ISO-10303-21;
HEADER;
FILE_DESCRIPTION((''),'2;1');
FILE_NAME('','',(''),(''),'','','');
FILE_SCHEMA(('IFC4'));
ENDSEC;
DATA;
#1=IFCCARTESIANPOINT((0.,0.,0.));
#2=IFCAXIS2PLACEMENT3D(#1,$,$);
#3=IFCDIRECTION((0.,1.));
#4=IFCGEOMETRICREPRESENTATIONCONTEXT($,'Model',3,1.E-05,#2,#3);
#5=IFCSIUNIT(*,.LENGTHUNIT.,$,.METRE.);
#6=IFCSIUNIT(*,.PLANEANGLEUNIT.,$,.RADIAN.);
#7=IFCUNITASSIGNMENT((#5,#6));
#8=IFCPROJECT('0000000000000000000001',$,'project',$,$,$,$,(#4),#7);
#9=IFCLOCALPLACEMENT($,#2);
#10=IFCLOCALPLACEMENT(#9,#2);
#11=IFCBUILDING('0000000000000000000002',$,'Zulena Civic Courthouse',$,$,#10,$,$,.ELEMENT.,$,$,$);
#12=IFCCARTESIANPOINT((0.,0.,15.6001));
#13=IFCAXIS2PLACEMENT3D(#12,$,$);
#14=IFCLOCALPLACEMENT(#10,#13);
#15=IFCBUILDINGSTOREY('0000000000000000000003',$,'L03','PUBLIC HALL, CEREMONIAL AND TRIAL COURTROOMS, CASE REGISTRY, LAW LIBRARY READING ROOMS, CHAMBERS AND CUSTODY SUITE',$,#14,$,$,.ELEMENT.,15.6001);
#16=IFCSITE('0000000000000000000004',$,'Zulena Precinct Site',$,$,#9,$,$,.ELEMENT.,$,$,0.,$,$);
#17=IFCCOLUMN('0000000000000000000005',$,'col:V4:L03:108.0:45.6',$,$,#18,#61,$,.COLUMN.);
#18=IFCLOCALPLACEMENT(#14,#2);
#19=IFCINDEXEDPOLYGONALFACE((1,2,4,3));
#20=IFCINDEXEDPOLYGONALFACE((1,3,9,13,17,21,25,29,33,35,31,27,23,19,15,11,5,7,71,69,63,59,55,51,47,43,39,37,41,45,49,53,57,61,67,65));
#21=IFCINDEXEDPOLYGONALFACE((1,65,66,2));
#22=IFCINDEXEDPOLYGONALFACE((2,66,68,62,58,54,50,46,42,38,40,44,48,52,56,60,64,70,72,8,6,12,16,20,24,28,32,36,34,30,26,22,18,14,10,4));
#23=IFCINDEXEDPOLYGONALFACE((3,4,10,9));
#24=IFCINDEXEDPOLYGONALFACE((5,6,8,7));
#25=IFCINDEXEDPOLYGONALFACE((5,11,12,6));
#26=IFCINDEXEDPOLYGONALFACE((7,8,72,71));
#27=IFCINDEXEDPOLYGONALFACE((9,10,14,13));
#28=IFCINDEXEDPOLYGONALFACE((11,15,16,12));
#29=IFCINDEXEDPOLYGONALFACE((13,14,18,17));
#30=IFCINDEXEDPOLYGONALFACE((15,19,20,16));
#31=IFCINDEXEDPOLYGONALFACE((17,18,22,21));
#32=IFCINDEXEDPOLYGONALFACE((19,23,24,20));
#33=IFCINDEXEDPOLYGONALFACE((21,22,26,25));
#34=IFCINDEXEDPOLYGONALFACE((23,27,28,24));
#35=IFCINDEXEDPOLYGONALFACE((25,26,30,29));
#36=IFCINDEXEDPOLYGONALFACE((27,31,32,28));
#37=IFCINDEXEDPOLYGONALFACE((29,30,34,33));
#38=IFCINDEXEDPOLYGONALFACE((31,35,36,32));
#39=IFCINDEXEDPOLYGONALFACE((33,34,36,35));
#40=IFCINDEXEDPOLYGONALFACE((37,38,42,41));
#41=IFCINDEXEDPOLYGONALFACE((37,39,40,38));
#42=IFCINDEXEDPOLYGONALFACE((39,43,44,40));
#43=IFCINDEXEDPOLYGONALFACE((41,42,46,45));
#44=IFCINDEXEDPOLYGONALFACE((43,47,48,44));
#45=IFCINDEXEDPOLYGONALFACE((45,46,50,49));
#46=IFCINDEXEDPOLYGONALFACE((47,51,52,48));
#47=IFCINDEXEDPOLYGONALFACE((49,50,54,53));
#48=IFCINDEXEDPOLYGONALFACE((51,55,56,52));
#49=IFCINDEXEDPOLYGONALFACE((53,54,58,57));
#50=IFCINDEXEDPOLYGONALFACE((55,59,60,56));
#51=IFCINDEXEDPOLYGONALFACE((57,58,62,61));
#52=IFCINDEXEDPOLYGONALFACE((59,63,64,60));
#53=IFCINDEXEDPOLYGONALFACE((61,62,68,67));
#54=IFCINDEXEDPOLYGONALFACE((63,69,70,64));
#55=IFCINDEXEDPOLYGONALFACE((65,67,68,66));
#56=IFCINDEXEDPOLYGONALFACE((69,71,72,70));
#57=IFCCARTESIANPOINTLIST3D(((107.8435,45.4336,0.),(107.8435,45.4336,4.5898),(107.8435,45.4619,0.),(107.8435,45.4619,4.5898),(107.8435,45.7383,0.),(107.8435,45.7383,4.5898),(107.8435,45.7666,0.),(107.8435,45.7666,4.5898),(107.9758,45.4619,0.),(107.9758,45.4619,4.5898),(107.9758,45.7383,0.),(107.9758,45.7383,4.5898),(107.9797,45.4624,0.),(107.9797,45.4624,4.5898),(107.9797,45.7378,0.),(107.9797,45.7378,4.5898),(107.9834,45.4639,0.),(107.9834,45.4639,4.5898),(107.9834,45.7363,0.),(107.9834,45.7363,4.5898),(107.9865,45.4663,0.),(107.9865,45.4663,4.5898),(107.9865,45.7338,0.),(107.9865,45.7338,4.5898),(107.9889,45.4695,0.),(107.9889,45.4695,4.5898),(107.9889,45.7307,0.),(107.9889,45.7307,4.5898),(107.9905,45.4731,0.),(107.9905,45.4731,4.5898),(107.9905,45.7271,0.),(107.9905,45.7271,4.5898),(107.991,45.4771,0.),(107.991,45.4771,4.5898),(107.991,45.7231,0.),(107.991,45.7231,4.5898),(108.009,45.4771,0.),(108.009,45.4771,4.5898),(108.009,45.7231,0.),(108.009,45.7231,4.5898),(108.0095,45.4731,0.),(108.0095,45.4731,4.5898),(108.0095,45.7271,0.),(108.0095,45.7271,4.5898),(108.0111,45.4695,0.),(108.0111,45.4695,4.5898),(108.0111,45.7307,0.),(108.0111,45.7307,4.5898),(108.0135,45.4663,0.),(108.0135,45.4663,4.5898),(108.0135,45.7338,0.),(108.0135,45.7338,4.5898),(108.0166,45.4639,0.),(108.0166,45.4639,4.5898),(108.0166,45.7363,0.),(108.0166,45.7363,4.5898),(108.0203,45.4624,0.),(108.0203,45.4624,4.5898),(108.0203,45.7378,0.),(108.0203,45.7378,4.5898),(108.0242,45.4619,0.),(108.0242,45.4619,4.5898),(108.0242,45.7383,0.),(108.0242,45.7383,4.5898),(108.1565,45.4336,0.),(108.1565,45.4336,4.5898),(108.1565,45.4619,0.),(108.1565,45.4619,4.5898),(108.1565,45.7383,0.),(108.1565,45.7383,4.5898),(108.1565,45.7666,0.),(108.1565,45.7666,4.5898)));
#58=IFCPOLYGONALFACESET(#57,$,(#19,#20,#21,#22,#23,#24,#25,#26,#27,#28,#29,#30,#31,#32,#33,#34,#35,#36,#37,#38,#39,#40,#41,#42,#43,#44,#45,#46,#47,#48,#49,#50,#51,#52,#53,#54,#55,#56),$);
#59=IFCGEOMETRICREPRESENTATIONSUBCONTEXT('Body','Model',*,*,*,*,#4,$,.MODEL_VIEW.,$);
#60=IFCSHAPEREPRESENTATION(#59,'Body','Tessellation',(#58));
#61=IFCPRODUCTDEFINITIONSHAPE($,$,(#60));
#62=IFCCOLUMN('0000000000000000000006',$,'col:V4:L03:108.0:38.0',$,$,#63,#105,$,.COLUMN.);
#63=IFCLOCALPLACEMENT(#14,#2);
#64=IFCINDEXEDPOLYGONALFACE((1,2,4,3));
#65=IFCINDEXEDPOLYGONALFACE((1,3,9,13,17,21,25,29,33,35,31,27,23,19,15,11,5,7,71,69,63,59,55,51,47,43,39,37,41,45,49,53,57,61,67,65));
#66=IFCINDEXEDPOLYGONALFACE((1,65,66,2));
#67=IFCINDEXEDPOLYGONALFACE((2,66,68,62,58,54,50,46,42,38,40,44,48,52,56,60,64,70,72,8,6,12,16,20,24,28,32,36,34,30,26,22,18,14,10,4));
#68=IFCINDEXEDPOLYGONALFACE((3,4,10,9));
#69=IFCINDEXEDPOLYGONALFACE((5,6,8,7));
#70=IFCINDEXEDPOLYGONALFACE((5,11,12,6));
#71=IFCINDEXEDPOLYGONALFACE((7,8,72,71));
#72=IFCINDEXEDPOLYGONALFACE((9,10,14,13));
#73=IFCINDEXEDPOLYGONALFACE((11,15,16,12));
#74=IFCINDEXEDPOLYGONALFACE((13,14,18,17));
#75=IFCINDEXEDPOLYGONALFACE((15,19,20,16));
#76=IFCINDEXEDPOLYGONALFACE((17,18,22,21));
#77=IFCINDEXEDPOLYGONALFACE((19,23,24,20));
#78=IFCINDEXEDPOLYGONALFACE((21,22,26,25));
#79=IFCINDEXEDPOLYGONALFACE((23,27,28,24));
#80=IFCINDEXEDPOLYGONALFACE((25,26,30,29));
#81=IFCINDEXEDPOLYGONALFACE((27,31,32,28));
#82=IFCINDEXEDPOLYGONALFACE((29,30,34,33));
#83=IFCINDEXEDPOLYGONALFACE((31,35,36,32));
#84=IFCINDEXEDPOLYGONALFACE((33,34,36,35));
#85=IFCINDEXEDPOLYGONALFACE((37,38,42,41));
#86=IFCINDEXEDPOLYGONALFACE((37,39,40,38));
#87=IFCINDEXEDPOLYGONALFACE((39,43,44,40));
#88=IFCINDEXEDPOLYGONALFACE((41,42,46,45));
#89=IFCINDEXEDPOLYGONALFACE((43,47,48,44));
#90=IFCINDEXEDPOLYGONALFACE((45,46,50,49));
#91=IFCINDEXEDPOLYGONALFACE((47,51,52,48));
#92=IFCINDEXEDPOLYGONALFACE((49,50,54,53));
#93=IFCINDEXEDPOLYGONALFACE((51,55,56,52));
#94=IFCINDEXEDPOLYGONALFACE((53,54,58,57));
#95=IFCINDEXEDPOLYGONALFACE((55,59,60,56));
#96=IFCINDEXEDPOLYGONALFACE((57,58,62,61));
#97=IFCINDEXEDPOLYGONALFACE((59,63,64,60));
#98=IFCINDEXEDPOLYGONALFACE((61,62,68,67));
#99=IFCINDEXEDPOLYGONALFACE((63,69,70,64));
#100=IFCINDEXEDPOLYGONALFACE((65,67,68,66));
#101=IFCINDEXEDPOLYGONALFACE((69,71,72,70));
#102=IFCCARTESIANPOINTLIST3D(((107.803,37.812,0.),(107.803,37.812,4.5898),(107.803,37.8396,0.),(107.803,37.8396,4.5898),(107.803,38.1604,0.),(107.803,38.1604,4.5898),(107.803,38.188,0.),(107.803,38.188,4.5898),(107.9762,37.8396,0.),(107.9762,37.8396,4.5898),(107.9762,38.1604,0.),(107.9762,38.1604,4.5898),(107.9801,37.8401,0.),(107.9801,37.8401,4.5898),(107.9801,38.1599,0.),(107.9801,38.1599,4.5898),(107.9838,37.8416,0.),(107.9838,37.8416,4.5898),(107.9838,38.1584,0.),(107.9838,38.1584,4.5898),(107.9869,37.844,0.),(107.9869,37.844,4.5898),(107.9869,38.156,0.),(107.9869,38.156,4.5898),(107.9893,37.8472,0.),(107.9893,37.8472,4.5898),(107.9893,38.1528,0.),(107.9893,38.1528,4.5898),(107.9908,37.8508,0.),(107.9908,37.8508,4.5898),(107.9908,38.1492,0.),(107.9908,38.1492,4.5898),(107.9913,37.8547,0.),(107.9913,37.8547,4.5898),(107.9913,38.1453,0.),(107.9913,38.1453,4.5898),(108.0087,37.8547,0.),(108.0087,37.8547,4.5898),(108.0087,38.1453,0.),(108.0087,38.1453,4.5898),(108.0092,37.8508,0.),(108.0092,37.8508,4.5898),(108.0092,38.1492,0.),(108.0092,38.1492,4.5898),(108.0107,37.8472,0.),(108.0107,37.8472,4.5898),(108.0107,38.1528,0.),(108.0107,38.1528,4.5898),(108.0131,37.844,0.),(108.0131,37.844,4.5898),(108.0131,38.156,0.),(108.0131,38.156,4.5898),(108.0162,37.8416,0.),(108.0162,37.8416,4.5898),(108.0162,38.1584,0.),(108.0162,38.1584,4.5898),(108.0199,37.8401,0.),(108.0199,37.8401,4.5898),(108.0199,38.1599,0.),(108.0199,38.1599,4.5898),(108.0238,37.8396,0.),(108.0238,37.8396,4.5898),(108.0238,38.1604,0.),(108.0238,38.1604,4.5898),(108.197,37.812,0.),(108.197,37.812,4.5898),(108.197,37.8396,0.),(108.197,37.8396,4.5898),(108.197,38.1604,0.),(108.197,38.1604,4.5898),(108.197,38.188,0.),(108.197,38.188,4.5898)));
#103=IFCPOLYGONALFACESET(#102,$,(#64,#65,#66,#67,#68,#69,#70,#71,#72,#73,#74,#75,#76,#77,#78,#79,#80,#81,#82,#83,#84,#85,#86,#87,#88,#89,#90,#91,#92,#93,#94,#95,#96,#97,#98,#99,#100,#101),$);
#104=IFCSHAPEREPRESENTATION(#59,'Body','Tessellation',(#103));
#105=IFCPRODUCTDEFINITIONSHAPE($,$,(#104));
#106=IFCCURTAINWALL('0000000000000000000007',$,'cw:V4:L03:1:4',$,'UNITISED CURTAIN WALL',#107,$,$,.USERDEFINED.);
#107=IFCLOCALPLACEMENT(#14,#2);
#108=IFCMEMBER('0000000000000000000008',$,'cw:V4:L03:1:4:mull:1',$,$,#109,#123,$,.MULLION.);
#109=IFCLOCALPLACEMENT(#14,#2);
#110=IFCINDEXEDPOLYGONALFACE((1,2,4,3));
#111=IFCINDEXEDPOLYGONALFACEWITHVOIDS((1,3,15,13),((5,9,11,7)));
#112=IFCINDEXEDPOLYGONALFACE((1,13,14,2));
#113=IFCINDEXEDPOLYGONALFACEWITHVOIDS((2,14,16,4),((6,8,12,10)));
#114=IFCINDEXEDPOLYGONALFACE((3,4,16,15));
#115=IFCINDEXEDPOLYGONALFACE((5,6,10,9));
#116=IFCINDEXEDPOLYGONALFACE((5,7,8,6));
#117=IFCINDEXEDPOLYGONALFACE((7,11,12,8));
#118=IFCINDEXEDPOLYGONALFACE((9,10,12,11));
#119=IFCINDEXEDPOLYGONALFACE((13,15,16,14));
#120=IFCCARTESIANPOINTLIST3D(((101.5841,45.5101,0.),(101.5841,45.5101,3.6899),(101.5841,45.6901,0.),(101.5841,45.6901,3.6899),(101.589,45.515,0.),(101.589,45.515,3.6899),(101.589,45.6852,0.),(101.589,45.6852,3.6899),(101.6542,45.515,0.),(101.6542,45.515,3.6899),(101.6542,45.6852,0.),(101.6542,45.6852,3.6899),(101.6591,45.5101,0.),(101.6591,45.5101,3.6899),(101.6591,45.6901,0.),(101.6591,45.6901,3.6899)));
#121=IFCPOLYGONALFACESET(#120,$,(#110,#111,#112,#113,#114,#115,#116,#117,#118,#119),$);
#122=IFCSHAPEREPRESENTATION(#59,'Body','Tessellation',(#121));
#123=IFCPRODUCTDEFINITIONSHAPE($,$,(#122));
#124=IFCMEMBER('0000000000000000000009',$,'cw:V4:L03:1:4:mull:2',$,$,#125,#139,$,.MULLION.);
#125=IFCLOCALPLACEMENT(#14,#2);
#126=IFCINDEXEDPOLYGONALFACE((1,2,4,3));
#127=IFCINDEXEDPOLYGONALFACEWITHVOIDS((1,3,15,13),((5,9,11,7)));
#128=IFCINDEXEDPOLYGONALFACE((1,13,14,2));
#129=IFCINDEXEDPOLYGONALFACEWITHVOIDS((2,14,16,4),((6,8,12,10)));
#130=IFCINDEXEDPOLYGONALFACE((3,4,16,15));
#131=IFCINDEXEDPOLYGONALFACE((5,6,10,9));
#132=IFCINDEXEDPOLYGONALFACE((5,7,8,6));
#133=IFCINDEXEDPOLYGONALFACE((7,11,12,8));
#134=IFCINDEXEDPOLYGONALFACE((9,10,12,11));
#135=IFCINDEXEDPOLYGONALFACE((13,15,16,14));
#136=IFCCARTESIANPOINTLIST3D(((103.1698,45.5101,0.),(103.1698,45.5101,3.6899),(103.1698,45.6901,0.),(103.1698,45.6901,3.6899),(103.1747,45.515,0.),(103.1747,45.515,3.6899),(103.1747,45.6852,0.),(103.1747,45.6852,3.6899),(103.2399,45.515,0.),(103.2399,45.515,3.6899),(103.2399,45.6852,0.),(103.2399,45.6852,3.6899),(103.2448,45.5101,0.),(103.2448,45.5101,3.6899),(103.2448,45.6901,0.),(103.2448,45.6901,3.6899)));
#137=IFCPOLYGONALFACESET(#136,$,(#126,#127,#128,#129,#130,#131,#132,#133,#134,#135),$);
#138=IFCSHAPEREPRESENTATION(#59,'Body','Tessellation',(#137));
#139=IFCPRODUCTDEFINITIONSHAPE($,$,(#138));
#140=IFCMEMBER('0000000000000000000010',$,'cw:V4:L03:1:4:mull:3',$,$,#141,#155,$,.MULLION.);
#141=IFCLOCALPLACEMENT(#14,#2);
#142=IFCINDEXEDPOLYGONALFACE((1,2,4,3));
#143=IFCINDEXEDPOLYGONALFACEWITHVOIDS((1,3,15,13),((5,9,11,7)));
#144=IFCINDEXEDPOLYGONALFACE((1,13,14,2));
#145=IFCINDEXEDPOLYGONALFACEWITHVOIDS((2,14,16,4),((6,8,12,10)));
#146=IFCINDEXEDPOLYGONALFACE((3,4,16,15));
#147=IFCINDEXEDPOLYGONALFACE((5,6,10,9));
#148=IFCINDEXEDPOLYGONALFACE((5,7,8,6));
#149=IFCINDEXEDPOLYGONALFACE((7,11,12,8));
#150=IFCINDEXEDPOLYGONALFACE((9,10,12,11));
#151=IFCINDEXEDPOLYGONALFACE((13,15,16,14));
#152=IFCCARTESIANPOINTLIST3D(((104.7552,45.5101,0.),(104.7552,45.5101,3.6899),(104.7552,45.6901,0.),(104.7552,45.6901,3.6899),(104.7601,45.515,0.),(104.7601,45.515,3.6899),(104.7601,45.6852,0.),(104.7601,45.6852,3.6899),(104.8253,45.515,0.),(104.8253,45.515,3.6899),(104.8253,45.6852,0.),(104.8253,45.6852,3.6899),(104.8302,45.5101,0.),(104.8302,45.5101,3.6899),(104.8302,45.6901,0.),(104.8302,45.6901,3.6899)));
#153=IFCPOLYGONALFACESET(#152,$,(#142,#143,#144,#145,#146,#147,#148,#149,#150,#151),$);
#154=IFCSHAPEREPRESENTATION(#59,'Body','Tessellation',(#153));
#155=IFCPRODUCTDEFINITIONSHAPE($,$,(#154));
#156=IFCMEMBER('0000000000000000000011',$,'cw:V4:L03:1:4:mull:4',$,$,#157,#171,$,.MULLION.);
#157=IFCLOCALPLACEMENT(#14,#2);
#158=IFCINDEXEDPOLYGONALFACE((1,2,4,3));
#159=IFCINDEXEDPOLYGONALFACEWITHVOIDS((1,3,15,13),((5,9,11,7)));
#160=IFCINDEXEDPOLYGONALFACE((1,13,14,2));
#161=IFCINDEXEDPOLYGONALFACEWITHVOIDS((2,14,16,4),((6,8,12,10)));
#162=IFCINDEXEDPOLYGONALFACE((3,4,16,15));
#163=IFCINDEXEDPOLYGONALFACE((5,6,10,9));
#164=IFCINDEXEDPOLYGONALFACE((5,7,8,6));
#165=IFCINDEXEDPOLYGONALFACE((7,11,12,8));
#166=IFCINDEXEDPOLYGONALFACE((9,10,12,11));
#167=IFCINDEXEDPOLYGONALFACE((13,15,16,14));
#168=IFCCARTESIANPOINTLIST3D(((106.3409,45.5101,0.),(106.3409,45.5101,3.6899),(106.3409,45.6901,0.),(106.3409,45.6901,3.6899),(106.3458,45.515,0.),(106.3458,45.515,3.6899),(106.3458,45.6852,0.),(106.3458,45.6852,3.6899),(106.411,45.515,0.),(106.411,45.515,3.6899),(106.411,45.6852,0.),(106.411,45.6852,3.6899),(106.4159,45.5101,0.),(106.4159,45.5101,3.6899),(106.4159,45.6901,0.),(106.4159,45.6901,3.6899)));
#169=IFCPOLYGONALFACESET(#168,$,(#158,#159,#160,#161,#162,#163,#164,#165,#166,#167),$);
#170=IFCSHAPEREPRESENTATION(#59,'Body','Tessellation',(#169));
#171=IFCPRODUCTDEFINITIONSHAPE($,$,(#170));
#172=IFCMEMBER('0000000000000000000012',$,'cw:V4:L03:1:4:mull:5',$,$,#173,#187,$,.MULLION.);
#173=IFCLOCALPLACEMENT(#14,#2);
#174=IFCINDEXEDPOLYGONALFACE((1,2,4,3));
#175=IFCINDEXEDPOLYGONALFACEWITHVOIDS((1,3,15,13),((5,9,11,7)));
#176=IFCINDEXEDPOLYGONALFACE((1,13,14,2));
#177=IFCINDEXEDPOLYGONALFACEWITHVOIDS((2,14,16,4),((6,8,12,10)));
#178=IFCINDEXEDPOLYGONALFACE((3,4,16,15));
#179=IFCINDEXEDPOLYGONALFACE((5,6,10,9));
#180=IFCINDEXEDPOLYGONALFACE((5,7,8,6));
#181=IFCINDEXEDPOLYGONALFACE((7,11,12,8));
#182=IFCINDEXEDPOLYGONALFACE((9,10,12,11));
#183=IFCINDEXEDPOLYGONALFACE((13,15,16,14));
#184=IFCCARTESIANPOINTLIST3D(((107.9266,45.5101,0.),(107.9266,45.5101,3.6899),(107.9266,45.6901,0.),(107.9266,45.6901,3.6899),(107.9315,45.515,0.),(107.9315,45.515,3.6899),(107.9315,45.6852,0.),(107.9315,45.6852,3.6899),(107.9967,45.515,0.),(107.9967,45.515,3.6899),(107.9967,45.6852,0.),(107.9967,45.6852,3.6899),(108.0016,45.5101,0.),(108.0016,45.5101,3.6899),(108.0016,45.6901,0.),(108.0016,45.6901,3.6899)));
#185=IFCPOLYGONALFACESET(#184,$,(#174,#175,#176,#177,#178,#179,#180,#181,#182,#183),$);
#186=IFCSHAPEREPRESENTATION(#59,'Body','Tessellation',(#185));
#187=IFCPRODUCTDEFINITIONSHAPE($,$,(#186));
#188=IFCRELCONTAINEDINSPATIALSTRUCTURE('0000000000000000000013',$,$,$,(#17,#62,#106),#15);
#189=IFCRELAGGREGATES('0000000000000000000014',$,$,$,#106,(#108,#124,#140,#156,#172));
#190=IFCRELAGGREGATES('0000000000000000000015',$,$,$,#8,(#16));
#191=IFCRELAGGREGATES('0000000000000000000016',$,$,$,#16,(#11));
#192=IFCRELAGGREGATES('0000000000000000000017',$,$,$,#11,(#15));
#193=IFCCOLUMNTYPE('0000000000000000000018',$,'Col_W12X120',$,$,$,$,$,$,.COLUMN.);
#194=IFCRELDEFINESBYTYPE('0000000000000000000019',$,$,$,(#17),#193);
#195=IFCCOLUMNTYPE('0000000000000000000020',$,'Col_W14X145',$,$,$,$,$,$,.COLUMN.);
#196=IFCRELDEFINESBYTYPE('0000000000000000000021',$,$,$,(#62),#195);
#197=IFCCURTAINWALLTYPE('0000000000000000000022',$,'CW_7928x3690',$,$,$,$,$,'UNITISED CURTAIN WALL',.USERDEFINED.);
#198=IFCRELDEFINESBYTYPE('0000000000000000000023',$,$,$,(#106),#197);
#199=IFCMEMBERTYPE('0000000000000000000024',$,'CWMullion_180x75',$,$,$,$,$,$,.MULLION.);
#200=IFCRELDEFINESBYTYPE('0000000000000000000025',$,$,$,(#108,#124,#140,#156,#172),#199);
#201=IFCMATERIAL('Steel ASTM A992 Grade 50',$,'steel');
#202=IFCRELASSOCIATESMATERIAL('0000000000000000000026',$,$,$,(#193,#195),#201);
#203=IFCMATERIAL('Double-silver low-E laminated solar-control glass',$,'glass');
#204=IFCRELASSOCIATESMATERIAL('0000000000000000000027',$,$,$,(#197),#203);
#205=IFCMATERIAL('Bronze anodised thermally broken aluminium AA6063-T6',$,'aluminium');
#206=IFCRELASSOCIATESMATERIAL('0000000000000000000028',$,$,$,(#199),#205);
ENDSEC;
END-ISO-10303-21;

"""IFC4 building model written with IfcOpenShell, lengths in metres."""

from ifc_helpers import new_model, si_unit, direction, frame, origin, origin_2d, place, context, subcontext, project, spatial, hollow_rectangle, i_section, extrude, material, material_profile, profile_set, type_object, element, aggregate, save


model = new_model("IFC4")

# Units and contexts
model_context = context("Model", 3, precision=1e-05, world=origin(), true_north=direction((0.0, 1.0)))
body_context = subcontext(model_context, "Body", "Model", "MODEL_VIEW")
ifc_project = project(units=[si_unit("LENGTHUNIT", "METRE"), si_unit("PLANEANGLEUNIT", "RADIAN")], contexts=[model_context])

# Site, building, storey
site_placement = place(None, origin())
site = spatial("IfcSite", under=ifc_project, at=site_placement, Name="Zulena Precinct Site", CompositionType="ELEMENT", RefElevation=0.0)
building_placement = place(site_placement, origin())
building = spatial("IfcBuilding", under=site, at=building_placement, Name="Zulena Civic Courthouse", CompositionType="ELEMENT")
storey_placement = place(building_placement, frame((0.0, 0.0, 15.6001)))
storey = spatial("IfcBuildingStorey", under=building, at=storey_placement, Name="L03", Description="PUBLIC HALL, CEREMONIAL AND TRIAL COURTROOMS, CASE REGISTRY, LAW LIBRARY READING ROOMS, CHAMBERS AND CUSTODY SUITE", CompositionType="ELEMENT", Elevation=15.6001)

# Columns
ifc_material_1 = material(Name="Steel ASTM A992 Grade 50", Category="steel")
ifc_material_profile_1 = material_profile(ifc_material_1, i_section(OverallWidth=0.313, OverallDepth=0.333, WebThickness=0.0181, FlangeThickness=0.0283, FilletRadius=0.0151, at=origin_2d()), Name="W12X120")
ifc_profile_set_1 = profile_set([ifc_material_profile_1], Name="Steel ASTM A992 Grade 50")
column_type_1 = type_object("IfcColumnType", Name="Col_W12X120", PredefinedType="COLUMN", material=ifc_profile_set_1)
column_1_placement = place(storey_placement, frame((108.0, 45.6001, 0.0), z_axis=(0.0, 0.0, 1.0), x_axis=(1.0, 0.0, 0.0)))
element("IfcColumn", 1, at=column_1_placement, inside=storey, type_object=column_type_1, Name="col:V4:L03:108.0:45.6", PredefinedType="COLUMN", context=body_context, shape_type="SweptSolid", body=[
    extrude(i_section(OverallWidth=0.313, OverallDepth=0.333, WebThickness=0.0181, FlangeThickness=0.0283, FilletRadius=0.0151, at=origin_2d()), origin(), (0.0, 0.0, 1.0), 4.5898),
])
ifc_material_profile_2 = material_profile(ifc_material_1, i_section(OverallWidth=0.394, OverallDepth=0.376, WebThickness=0.0173, FlangeThickness=0.0276, FilletRadius=0.0151, at=origin_2d()), Name="W14X145")
ifc_profile_set_2 = profile_set([ifc_material_profile_2], Name="Steel ASTM A992 Grade 50")
column_type_2 = type_object("IfcColumnType", Name="Col_W14X145", PredefinedType="COLUMN", material=ifc_profile_set_2)
column_2_placement = place(storey_placement, frame((108.0, 38.0, 0.0), z_axis=(0.0, 0.0, 1.0), x_axis=(1.0, 0.0, 0.0)))
element("IfcColumn", 2, at=column_2_placement, inside=storey, type_object=column_type_2, Name="col:V4:L03:108.0:38.0", PredefinedType="COLUMN", context=body_context, shape_type="SweptSolid", body=[
    extrude(i_section(OverallWidth=0.394, OverallDepth=0.376, WebThickness=0.0173, FlangeThickness=0.0276, FilletRadius=0.0151, at=origin_2d()), origin(), (0.0, 0.0, 1.0), 4.5898),
])

# Curtain wall, members
ifc_material_2 = material(Name="Double-silver low-E laminated solar-control glass", Category="glass")
curtain_wall_type = type_object("IfcCurtainWallType", Name="CW_7928x3690", ElementType="UNITISED CURTAIN WALL", PredefinedType="USERDEFINED", material=ifc_material_2)
curtain_wall_1_placement = place(storey_placement, origin())
curtain_wall_1 = element("IfcCurtainWall", 3, at=curtain_wall_1_placement, inside=storey, type_object=curtain_wall_type, Name="cw:V4:L03:1:4", ObjectType="UNITISED CURTAIN WALL", PredefinedType="USERDEFINED")
ifc_material_3 = material(Name="Bronze anodised thermally broken aluminium AA6063-T6", Category="aluminium")
ifc_material_profile_3 = material_profile(ifc_material_3, hollow_rectangle(XDim=0.075, YDim=0.1799, WallThickness=0.0049, at=origin_2d()), Name="CWM180X75X5")
ifc_profile_set_3 = profile_set([ifc_material_profile_3], Name="Bronze anodised thermally broken aluminium AA6063-T6")
member_type_1 = type_object("IfcMemberType", Name="CWMullion_180x75", PredefinedType="MULLION", material=ifc_profile_set_3)
member_1_placement = place(storey_placement, frame((101.6216, 45.6001, 0.0), z_axis=(0.0, 0.0, 1.0), x_axis=(1.0, 0.0, 0.0)))
member_1 = element("IfcMember", 4, at=member_1_placement, type_object=member_type_1, Name="cw:V4:L03:1:4:mull:1", PredefinedType="MULLION", context=body_context, shape_type="SweptSolid", body=[
    extrude(hollow_rectangle(XDim=0.075, YDim=0.1799, WallThickness=0.0049, at=origin_2d()), origin(), (0.0, 0.0, 1.0), 3.6899),
])
member_2_placement = place(storey_placement, frame((103.2073, 45.6001, 0.0), z_axis=(0.0, 0.0, 1.0), x_axis=(1.0, 0.0, 0.0)))
member_2 = element("IfcMember", 5, at=member_2_placement, type_object=member_type_1, Name="cw:V4:L03:1:4:mull:2", PredefinedType="MULLION", context=body_context, shape_type="SweptSolid", body=[
    extrude(hollow_rectangle(XDim=0.075, YDim=0.1799, WallThickness=0.0049, at=origin_2d()), origin(), (0.0, 0.0, 1.0), 3.6899),
])
member_3_placement = place(storey_placement, frame((104.7927, 45.6001, 0.0), z_axis=(0.0, 0.0, 1.0), x_axis=(1.0, 0.0, 0.0)))
member_3 = element("IfcMember", 6, at=member_3_placement, type_object=member_type_1, Name="cw:V4:L03:1:4:mull:3", PredefinedType="MULLION", context=body_context, shape_type="SweptSolid", body=[
    extrude(hollow_rectangle(XDim=0.075, YDim=0.1799, WallThickness=0.0049, at=origin_2d()), origin(), (0.0, 0.0, 1.0), 3.6899),
])
member_4_placement = place(storey_placement, frame((106.3784, 45.6001, 0.0), z_axis=(0.0, 0.0, 1.0), x_axis=(1.0, 0.0, 0.0)))
member_4 = element("IfcMember", 7, at=member_4_placement, type_object=member_type_1, Name="cw:V4:L03:1:4:mull:4", PredefinedType="MULLION", context=body_context, shape_type="SweptSolid", body=[
    extrude(hollow_rectangle(XDim=0.075, YDim=0.1799, WallThickness=0.0049, at=origin_2d()), origin(), (0.0, 0.0, 1.0), 3.6899),
])
member_5_placement = place(storey_placement, frame((107.9641, 45.6001, 0.0), z_axis=(0.0, 0.0, 1.0), x_axis=(1.0, 0.0, 0.0)))
member_5 = element("IfcMember", 8, at=member_5_placement, type_object=member_type_1, Name="cw:V4:L03:1:4:mull:5", PredefinedType="MULLION", context=body_context, shape_type="SweptSolid", body=[
    extrude(hollow_rectangle(XDim=0.075, YDim=0.1799, WallThickness=0.0049, at=origin_2d()), origin(), (0.0, 0.0, 1.0), 3.6899),
])

aggregate(curtain_wall_1, [member_1, member_2, member_3, member_4, member_5])

save(model, "model.ifc")
